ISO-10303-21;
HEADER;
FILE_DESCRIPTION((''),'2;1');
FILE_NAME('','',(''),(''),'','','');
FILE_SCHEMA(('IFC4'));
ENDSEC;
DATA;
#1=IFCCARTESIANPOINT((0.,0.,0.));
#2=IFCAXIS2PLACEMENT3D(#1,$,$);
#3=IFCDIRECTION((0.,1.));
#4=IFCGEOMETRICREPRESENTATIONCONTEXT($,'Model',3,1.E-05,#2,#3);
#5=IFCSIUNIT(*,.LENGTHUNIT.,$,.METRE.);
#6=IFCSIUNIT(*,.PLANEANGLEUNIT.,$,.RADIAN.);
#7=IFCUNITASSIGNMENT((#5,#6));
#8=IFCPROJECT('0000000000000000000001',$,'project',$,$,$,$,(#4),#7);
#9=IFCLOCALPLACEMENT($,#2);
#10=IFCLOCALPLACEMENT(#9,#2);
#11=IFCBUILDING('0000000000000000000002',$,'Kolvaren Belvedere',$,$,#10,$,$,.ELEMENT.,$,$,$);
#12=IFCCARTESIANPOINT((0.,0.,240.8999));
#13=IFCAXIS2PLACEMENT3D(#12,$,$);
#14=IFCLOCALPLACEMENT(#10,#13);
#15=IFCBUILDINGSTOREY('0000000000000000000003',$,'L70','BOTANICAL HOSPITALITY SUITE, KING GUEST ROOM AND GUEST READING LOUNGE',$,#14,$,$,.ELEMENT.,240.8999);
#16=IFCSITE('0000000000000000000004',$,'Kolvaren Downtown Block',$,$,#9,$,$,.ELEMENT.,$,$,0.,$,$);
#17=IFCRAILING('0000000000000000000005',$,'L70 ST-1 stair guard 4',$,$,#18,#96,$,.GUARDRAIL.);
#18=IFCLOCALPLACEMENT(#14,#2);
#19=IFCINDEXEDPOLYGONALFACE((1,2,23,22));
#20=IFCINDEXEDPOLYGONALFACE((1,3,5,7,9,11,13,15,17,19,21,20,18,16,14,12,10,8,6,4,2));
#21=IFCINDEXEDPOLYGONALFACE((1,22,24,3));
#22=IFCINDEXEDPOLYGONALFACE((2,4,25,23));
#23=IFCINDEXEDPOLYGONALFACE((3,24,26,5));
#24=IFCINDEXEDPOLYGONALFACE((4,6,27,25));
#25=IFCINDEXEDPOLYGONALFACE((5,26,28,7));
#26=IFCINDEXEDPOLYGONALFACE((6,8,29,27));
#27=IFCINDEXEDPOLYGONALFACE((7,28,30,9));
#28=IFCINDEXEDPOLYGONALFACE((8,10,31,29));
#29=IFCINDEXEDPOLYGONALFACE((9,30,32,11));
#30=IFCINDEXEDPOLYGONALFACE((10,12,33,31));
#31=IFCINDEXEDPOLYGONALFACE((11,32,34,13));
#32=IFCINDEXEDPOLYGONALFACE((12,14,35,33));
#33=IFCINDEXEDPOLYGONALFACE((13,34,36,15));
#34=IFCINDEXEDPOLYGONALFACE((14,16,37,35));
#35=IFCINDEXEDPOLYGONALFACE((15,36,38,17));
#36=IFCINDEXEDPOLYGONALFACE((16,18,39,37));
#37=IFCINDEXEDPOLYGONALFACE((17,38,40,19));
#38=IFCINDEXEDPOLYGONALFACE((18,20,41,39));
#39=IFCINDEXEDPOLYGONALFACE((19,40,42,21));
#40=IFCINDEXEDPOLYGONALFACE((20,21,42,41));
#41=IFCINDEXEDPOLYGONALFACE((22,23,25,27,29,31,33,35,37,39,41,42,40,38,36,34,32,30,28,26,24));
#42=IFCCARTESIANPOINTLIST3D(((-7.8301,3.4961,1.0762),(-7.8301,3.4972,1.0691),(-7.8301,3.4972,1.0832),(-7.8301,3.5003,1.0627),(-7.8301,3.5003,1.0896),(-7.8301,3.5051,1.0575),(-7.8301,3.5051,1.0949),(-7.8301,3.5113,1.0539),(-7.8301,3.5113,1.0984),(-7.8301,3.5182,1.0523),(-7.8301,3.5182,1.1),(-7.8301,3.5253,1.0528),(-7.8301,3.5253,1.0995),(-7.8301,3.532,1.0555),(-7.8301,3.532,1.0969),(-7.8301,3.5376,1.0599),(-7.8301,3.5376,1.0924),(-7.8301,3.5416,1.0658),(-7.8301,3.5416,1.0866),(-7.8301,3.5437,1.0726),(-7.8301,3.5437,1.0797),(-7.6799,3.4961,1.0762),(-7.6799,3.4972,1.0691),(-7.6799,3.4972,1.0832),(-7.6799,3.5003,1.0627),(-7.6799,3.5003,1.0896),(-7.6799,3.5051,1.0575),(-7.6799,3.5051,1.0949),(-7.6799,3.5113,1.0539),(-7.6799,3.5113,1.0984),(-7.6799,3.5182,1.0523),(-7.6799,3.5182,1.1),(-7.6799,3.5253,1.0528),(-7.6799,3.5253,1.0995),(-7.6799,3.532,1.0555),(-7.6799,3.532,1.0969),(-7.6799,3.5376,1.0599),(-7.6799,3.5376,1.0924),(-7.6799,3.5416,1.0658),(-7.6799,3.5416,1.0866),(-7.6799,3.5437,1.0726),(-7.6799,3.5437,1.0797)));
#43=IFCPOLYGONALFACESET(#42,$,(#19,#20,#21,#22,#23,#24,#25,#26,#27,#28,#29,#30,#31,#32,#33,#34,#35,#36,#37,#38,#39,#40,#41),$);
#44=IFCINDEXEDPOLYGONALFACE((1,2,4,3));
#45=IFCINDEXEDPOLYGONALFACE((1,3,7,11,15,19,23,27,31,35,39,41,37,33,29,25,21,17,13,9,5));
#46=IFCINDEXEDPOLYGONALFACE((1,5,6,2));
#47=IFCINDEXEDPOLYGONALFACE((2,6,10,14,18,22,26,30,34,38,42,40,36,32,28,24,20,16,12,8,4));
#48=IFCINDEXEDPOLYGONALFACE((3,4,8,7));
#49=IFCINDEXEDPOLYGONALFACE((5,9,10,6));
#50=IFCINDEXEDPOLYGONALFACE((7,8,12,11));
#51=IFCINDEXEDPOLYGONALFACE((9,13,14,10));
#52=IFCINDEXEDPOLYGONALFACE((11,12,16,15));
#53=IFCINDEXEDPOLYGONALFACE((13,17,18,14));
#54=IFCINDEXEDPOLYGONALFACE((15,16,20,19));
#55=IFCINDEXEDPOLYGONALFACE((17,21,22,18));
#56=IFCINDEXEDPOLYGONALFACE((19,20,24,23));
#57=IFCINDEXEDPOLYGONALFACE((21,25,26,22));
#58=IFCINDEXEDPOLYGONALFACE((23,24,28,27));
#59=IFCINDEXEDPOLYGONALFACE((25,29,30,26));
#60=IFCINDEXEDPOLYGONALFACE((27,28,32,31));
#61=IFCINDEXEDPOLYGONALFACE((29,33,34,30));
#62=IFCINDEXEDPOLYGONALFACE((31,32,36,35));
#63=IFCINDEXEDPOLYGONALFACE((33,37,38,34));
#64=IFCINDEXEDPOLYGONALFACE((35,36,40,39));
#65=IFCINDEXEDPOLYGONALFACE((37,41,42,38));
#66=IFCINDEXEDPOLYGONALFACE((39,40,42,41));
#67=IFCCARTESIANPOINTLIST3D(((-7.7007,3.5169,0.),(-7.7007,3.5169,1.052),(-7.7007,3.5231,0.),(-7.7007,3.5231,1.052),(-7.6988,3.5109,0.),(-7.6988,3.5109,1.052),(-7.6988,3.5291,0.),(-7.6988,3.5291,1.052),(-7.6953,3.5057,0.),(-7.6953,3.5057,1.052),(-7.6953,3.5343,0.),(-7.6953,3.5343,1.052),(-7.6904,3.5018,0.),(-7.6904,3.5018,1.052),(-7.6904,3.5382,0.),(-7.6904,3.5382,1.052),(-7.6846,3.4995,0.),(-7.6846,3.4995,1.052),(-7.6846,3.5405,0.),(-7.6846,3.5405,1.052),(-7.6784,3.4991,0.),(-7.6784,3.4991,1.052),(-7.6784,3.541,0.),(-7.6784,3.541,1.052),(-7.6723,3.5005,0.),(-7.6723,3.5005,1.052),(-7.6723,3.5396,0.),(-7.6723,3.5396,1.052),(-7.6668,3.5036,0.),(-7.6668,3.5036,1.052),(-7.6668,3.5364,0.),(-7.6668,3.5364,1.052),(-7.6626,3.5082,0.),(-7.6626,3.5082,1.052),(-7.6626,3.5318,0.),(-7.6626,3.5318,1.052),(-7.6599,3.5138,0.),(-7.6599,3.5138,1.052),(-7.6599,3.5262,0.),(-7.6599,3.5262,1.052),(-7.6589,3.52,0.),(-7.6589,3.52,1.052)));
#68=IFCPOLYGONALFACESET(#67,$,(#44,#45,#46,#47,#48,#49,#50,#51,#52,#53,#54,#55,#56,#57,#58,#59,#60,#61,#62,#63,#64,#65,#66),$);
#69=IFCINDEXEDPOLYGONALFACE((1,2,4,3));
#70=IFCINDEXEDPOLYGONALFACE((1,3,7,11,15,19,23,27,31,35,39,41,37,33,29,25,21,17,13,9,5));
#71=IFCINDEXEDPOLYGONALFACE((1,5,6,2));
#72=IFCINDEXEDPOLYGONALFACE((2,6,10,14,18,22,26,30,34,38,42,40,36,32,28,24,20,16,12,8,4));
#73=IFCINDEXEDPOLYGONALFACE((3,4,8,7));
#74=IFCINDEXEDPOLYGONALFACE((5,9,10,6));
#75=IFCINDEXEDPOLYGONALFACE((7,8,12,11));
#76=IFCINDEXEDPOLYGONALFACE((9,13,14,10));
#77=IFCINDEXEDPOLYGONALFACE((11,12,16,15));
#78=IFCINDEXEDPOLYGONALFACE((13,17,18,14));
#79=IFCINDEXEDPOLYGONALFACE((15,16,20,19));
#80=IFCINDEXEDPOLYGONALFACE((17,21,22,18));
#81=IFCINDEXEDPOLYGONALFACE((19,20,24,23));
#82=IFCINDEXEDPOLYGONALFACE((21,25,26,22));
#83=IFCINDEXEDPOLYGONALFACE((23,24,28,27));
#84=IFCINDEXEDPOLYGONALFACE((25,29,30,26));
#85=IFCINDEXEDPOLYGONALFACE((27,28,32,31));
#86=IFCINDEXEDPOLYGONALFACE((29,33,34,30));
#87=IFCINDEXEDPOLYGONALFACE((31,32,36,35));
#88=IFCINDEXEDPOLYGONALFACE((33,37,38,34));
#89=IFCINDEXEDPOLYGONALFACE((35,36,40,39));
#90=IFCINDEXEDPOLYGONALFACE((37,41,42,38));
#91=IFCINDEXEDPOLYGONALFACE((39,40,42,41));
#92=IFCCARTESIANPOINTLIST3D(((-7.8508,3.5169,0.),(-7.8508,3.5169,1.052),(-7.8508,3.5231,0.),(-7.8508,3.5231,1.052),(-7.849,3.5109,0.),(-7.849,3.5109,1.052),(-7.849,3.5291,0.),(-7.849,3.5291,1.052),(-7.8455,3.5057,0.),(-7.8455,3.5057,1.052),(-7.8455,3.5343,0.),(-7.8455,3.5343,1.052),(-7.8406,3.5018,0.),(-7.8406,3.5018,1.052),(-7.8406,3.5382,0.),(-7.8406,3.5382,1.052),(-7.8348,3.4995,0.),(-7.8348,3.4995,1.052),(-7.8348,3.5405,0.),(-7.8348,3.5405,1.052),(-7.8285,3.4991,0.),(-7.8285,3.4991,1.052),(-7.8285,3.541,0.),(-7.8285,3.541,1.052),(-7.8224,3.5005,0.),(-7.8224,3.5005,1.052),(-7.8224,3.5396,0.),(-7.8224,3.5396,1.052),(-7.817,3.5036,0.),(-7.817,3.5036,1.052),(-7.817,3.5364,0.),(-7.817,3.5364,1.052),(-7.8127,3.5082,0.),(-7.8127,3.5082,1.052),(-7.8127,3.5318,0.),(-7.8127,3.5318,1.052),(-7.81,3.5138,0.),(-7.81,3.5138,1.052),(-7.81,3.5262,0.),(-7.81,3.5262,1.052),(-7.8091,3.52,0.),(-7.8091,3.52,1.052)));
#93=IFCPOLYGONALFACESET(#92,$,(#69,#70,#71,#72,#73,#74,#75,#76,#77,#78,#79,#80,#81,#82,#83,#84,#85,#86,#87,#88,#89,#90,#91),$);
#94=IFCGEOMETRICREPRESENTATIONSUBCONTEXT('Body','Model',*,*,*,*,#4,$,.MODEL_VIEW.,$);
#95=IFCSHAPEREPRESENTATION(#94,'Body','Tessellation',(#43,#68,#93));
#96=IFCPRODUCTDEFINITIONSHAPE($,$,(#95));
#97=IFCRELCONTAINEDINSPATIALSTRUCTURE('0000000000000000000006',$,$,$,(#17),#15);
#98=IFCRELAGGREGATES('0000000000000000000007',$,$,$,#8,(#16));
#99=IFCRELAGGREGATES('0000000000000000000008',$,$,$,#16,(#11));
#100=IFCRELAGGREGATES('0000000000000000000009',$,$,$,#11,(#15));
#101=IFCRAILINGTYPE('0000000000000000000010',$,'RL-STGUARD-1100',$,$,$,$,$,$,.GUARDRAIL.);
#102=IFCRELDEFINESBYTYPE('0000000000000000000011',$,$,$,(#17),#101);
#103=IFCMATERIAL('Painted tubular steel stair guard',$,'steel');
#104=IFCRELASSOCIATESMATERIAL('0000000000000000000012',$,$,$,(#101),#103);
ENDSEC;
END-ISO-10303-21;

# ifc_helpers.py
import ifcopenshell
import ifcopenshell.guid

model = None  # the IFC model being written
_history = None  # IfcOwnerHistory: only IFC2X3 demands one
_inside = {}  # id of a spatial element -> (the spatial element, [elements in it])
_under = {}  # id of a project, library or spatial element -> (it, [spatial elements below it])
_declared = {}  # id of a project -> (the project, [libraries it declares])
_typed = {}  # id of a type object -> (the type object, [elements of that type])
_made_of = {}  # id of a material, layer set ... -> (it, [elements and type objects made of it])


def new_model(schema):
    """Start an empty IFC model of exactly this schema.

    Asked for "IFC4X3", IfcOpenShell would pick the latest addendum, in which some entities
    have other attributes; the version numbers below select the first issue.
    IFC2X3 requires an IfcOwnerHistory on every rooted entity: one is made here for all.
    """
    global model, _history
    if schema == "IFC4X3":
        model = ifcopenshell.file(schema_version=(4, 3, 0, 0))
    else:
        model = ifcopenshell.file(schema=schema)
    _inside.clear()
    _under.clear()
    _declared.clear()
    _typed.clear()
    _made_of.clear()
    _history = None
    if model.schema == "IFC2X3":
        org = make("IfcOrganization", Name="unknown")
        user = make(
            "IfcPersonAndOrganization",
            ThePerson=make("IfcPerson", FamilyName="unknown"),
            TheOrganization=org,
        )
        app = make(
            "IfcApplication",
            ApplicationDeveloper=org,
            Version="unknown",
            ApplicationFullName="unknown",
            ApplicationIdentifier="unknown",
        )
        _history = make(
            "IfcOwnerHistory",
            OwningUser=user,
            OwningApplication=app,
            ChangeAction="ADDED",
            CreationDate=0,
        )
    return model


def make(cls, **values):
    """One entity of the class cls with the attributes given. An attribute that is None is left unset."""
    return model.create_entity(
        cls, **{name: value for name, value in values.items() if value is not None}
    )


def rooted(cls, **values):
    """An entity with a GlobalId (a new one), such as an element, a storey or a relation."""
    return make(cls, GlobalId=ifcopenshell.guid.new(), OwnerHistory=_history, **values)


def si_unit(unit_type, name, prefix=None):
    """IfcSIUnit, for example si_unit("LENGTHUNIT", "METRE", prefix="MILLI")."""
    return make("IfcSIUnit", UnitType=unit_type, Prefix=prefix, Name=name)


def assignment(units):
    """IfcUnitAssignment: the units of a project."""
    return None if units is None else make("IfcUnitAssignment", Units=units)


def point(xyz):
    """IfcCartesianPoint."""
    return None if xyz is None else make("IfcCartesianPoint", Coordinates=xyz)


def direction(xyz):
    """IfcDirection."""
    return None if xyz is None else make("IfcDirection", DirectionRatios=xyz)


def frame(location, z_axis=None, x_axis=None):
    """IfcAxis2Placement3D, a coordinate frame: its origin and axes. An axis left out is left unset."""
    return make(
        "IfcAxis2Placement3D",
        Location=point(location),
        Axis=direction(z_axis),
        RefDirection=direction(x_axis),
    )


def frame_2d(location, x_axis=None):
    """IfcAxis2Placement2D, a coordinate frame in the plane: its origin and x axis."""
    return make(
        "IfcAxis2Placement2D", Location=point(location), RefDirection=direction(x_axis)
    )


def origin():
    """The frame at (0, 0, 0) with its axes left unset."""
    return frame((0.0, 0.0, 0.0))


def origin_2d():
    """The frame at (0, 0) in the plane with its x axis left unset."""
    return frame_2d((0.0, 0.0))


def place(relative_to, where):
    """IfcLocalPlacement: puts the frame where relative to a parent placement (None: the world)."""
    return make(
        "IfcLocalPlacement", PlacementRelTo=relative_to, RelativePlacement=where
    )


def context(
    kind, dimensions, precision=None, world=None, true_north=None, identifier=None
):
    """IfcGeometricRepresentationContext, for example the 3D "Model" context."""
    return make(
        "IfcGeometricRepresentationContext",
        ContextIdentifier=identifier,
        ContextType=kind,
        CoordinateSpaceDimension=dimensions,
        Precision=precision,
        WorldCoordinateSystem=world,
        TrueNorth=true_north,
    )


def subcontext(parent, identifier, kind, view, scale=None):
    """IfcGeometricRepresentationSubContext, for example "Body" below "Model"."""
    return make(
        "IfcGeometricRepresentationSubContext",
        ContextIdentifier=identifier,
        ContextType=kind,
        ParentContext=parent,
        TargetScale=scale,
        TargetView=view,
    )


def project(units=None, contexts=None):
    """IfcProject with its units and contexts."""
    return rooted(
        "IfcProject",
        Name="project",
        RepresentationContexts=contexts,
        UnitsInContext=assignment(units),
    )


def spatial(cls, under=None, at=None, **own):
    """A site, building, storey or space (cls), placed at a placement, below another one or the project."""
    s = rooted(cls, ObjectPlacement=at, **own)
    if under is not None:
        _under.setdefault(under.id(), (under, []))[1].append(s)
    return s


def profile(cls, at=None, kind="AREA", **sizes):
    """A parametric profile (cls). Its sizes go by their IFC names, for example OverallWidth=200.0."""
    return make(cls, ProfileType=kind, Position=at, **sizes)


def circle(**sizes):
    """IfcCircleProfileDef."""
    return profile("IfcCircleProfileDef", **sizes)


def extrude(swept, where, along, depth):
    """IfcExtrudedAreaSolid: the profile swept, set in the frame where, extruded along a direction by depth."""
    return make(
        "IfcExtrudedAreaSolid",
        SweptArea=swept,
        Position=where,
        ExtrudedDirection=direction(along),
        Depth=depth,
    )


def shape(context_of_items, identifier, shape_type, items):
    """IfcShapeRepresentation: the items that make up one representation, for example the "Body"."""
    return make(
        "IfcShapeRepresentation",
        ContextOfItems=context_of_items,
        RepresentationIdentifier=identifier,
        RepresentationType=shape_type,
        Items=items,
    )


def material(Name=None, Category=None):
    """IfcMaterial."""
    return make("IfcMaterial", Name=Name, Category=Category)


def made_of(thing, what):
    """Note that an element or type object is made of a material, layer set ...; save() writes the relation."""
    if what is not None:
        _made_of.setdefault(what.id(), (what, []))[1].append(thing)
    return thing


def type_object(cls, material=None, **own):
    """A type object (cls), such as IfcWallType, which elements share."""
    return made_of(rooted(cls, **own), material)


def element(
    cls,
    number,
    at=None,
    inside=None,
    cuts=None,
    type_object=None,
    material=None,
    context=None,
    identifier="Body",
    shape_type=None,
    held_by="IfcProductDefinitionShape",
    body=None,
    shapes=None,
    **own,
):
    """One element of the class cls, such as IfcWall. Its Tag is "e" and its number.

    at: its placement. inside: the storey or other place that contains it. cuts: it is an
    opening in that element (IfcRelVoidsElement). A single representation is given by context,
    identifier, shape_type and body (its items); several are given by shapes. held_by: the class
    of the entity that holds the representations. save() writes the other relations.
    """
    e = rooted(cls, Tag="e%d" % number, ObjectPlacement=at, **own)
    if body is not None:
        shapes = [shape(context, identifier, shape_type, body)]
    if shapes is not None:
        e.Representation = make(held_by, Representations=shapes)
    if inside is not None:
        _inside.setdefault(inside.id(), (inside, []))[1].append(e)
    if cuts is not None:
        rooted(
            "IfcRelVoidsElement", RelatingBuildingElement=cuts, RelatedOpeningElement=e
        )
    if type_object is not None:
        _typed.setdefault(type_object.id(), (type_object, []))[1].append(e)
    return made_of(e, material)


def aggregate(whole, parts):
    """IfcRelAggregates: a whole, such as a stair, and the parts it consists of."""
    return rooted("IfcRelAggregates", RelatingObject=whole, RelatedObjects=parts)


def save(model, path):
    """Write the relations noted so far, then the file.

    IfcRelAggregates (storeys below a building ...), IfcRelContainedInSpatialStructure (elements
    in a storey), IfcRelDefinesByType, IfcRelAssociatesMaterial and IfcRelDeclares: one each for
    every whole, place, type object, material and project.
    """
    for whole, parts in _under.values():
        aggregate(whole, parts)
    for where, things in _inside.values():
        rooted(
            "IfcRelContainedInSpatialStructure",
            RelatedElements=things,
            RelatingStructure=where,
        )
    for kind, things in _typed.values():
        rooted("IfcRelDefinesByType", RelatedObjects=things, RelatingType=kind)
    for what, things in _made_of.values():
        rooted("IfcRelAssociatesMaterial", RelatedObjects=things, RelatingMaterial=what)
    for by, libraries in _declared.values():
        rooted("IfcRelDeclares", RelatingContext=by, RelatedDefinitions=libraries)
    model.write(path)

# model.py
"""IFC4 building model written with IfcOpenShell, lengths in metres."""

from ifc_helpers import new_model, si_unit, direction, frame, origin, origin_2d, place, context, subcontext, project, spatial, circle, extrude, material, type_object, element, save


model = new_model("IFC4")

# Units and contexts
model_context = context("Model", 3, precision=1e-05, world=origin(), true_north=direction((0.0, 1.0)))
body_context = subcontext(model_context, "Body", "Model", "MODEL_VIEW")
ifc_project = project(units=[si_unit("LENGTHUNIT", "METRE"), si_unit("PLANEANGLEUNIT", "RADIAN")], contexts=[model_context])

# Site, building, storey
site_placement = place(None, origin())
site = spatial("IfcSite", under=ifc_project, at=site_placement, Name="Kolvaren Downtown Block", CompositionType="ELEMENT", RefElevation=0.0)
building_placement = place(site_placement, origin())
building = spatial("IfcBuilding", under=site, at=building_placement, Name="Kolvaren Belvedere", CompositionType="ELEMENT")
storey_placement = place(building_placement, frame((0.0, 0.0, 240.8999)))
storey = spatial("IfcBuildingStorey", under=building, at=storey_placement, Name="L70", Description="BOTANICAL HOSPITALITY SUITE, KING GUEST ROOM AND GUEST READING LOUNGE", CompositionType="ELEMENT", Elevation=240.8999)

# Railing
ifc_material_1 = material(Name="Painted tubular steel stair guard", Category="steel")
railing_type_1 = type_object("IfcRailingType", Name="RL-STGUARD-1100", PredefinedType="GUARDRAIL", material=ifc_material_1)
railing_1_placement = place(storey_placement, frame((-7.6799, 3.52, 0.0)))
element("IfcRailing", 1, at=railing_1_placement, inside=storey, type_object=railing_type_1, Name="L70 ST-1 stair guard 4", PredefinedType="GUARDRAIL", context=body_context, shape_type="SweptSolid", body=[
    extrude(circle(Radius=0.0239, at=origin_2d()), frame((0.0, 0.0, 1.0762), z_axis=(-1.0, 0.0, 0.0), x_axis=(0.0, -1.0, 0.0)), (0.0, 0.0, 1.0), 0.1501),
    extrude(circle(Radius=0.021, at=origin_2d()), origin(), (0.0, 0.0, 1.0), 1.052),
    extrude(circle(Radius=0.021, at=origin_2d()), frame((-0.1501, 0.0, 0.0)), (0.0, 0.0, 1.0), 1.052),
])

save(model, "model.ifc")
